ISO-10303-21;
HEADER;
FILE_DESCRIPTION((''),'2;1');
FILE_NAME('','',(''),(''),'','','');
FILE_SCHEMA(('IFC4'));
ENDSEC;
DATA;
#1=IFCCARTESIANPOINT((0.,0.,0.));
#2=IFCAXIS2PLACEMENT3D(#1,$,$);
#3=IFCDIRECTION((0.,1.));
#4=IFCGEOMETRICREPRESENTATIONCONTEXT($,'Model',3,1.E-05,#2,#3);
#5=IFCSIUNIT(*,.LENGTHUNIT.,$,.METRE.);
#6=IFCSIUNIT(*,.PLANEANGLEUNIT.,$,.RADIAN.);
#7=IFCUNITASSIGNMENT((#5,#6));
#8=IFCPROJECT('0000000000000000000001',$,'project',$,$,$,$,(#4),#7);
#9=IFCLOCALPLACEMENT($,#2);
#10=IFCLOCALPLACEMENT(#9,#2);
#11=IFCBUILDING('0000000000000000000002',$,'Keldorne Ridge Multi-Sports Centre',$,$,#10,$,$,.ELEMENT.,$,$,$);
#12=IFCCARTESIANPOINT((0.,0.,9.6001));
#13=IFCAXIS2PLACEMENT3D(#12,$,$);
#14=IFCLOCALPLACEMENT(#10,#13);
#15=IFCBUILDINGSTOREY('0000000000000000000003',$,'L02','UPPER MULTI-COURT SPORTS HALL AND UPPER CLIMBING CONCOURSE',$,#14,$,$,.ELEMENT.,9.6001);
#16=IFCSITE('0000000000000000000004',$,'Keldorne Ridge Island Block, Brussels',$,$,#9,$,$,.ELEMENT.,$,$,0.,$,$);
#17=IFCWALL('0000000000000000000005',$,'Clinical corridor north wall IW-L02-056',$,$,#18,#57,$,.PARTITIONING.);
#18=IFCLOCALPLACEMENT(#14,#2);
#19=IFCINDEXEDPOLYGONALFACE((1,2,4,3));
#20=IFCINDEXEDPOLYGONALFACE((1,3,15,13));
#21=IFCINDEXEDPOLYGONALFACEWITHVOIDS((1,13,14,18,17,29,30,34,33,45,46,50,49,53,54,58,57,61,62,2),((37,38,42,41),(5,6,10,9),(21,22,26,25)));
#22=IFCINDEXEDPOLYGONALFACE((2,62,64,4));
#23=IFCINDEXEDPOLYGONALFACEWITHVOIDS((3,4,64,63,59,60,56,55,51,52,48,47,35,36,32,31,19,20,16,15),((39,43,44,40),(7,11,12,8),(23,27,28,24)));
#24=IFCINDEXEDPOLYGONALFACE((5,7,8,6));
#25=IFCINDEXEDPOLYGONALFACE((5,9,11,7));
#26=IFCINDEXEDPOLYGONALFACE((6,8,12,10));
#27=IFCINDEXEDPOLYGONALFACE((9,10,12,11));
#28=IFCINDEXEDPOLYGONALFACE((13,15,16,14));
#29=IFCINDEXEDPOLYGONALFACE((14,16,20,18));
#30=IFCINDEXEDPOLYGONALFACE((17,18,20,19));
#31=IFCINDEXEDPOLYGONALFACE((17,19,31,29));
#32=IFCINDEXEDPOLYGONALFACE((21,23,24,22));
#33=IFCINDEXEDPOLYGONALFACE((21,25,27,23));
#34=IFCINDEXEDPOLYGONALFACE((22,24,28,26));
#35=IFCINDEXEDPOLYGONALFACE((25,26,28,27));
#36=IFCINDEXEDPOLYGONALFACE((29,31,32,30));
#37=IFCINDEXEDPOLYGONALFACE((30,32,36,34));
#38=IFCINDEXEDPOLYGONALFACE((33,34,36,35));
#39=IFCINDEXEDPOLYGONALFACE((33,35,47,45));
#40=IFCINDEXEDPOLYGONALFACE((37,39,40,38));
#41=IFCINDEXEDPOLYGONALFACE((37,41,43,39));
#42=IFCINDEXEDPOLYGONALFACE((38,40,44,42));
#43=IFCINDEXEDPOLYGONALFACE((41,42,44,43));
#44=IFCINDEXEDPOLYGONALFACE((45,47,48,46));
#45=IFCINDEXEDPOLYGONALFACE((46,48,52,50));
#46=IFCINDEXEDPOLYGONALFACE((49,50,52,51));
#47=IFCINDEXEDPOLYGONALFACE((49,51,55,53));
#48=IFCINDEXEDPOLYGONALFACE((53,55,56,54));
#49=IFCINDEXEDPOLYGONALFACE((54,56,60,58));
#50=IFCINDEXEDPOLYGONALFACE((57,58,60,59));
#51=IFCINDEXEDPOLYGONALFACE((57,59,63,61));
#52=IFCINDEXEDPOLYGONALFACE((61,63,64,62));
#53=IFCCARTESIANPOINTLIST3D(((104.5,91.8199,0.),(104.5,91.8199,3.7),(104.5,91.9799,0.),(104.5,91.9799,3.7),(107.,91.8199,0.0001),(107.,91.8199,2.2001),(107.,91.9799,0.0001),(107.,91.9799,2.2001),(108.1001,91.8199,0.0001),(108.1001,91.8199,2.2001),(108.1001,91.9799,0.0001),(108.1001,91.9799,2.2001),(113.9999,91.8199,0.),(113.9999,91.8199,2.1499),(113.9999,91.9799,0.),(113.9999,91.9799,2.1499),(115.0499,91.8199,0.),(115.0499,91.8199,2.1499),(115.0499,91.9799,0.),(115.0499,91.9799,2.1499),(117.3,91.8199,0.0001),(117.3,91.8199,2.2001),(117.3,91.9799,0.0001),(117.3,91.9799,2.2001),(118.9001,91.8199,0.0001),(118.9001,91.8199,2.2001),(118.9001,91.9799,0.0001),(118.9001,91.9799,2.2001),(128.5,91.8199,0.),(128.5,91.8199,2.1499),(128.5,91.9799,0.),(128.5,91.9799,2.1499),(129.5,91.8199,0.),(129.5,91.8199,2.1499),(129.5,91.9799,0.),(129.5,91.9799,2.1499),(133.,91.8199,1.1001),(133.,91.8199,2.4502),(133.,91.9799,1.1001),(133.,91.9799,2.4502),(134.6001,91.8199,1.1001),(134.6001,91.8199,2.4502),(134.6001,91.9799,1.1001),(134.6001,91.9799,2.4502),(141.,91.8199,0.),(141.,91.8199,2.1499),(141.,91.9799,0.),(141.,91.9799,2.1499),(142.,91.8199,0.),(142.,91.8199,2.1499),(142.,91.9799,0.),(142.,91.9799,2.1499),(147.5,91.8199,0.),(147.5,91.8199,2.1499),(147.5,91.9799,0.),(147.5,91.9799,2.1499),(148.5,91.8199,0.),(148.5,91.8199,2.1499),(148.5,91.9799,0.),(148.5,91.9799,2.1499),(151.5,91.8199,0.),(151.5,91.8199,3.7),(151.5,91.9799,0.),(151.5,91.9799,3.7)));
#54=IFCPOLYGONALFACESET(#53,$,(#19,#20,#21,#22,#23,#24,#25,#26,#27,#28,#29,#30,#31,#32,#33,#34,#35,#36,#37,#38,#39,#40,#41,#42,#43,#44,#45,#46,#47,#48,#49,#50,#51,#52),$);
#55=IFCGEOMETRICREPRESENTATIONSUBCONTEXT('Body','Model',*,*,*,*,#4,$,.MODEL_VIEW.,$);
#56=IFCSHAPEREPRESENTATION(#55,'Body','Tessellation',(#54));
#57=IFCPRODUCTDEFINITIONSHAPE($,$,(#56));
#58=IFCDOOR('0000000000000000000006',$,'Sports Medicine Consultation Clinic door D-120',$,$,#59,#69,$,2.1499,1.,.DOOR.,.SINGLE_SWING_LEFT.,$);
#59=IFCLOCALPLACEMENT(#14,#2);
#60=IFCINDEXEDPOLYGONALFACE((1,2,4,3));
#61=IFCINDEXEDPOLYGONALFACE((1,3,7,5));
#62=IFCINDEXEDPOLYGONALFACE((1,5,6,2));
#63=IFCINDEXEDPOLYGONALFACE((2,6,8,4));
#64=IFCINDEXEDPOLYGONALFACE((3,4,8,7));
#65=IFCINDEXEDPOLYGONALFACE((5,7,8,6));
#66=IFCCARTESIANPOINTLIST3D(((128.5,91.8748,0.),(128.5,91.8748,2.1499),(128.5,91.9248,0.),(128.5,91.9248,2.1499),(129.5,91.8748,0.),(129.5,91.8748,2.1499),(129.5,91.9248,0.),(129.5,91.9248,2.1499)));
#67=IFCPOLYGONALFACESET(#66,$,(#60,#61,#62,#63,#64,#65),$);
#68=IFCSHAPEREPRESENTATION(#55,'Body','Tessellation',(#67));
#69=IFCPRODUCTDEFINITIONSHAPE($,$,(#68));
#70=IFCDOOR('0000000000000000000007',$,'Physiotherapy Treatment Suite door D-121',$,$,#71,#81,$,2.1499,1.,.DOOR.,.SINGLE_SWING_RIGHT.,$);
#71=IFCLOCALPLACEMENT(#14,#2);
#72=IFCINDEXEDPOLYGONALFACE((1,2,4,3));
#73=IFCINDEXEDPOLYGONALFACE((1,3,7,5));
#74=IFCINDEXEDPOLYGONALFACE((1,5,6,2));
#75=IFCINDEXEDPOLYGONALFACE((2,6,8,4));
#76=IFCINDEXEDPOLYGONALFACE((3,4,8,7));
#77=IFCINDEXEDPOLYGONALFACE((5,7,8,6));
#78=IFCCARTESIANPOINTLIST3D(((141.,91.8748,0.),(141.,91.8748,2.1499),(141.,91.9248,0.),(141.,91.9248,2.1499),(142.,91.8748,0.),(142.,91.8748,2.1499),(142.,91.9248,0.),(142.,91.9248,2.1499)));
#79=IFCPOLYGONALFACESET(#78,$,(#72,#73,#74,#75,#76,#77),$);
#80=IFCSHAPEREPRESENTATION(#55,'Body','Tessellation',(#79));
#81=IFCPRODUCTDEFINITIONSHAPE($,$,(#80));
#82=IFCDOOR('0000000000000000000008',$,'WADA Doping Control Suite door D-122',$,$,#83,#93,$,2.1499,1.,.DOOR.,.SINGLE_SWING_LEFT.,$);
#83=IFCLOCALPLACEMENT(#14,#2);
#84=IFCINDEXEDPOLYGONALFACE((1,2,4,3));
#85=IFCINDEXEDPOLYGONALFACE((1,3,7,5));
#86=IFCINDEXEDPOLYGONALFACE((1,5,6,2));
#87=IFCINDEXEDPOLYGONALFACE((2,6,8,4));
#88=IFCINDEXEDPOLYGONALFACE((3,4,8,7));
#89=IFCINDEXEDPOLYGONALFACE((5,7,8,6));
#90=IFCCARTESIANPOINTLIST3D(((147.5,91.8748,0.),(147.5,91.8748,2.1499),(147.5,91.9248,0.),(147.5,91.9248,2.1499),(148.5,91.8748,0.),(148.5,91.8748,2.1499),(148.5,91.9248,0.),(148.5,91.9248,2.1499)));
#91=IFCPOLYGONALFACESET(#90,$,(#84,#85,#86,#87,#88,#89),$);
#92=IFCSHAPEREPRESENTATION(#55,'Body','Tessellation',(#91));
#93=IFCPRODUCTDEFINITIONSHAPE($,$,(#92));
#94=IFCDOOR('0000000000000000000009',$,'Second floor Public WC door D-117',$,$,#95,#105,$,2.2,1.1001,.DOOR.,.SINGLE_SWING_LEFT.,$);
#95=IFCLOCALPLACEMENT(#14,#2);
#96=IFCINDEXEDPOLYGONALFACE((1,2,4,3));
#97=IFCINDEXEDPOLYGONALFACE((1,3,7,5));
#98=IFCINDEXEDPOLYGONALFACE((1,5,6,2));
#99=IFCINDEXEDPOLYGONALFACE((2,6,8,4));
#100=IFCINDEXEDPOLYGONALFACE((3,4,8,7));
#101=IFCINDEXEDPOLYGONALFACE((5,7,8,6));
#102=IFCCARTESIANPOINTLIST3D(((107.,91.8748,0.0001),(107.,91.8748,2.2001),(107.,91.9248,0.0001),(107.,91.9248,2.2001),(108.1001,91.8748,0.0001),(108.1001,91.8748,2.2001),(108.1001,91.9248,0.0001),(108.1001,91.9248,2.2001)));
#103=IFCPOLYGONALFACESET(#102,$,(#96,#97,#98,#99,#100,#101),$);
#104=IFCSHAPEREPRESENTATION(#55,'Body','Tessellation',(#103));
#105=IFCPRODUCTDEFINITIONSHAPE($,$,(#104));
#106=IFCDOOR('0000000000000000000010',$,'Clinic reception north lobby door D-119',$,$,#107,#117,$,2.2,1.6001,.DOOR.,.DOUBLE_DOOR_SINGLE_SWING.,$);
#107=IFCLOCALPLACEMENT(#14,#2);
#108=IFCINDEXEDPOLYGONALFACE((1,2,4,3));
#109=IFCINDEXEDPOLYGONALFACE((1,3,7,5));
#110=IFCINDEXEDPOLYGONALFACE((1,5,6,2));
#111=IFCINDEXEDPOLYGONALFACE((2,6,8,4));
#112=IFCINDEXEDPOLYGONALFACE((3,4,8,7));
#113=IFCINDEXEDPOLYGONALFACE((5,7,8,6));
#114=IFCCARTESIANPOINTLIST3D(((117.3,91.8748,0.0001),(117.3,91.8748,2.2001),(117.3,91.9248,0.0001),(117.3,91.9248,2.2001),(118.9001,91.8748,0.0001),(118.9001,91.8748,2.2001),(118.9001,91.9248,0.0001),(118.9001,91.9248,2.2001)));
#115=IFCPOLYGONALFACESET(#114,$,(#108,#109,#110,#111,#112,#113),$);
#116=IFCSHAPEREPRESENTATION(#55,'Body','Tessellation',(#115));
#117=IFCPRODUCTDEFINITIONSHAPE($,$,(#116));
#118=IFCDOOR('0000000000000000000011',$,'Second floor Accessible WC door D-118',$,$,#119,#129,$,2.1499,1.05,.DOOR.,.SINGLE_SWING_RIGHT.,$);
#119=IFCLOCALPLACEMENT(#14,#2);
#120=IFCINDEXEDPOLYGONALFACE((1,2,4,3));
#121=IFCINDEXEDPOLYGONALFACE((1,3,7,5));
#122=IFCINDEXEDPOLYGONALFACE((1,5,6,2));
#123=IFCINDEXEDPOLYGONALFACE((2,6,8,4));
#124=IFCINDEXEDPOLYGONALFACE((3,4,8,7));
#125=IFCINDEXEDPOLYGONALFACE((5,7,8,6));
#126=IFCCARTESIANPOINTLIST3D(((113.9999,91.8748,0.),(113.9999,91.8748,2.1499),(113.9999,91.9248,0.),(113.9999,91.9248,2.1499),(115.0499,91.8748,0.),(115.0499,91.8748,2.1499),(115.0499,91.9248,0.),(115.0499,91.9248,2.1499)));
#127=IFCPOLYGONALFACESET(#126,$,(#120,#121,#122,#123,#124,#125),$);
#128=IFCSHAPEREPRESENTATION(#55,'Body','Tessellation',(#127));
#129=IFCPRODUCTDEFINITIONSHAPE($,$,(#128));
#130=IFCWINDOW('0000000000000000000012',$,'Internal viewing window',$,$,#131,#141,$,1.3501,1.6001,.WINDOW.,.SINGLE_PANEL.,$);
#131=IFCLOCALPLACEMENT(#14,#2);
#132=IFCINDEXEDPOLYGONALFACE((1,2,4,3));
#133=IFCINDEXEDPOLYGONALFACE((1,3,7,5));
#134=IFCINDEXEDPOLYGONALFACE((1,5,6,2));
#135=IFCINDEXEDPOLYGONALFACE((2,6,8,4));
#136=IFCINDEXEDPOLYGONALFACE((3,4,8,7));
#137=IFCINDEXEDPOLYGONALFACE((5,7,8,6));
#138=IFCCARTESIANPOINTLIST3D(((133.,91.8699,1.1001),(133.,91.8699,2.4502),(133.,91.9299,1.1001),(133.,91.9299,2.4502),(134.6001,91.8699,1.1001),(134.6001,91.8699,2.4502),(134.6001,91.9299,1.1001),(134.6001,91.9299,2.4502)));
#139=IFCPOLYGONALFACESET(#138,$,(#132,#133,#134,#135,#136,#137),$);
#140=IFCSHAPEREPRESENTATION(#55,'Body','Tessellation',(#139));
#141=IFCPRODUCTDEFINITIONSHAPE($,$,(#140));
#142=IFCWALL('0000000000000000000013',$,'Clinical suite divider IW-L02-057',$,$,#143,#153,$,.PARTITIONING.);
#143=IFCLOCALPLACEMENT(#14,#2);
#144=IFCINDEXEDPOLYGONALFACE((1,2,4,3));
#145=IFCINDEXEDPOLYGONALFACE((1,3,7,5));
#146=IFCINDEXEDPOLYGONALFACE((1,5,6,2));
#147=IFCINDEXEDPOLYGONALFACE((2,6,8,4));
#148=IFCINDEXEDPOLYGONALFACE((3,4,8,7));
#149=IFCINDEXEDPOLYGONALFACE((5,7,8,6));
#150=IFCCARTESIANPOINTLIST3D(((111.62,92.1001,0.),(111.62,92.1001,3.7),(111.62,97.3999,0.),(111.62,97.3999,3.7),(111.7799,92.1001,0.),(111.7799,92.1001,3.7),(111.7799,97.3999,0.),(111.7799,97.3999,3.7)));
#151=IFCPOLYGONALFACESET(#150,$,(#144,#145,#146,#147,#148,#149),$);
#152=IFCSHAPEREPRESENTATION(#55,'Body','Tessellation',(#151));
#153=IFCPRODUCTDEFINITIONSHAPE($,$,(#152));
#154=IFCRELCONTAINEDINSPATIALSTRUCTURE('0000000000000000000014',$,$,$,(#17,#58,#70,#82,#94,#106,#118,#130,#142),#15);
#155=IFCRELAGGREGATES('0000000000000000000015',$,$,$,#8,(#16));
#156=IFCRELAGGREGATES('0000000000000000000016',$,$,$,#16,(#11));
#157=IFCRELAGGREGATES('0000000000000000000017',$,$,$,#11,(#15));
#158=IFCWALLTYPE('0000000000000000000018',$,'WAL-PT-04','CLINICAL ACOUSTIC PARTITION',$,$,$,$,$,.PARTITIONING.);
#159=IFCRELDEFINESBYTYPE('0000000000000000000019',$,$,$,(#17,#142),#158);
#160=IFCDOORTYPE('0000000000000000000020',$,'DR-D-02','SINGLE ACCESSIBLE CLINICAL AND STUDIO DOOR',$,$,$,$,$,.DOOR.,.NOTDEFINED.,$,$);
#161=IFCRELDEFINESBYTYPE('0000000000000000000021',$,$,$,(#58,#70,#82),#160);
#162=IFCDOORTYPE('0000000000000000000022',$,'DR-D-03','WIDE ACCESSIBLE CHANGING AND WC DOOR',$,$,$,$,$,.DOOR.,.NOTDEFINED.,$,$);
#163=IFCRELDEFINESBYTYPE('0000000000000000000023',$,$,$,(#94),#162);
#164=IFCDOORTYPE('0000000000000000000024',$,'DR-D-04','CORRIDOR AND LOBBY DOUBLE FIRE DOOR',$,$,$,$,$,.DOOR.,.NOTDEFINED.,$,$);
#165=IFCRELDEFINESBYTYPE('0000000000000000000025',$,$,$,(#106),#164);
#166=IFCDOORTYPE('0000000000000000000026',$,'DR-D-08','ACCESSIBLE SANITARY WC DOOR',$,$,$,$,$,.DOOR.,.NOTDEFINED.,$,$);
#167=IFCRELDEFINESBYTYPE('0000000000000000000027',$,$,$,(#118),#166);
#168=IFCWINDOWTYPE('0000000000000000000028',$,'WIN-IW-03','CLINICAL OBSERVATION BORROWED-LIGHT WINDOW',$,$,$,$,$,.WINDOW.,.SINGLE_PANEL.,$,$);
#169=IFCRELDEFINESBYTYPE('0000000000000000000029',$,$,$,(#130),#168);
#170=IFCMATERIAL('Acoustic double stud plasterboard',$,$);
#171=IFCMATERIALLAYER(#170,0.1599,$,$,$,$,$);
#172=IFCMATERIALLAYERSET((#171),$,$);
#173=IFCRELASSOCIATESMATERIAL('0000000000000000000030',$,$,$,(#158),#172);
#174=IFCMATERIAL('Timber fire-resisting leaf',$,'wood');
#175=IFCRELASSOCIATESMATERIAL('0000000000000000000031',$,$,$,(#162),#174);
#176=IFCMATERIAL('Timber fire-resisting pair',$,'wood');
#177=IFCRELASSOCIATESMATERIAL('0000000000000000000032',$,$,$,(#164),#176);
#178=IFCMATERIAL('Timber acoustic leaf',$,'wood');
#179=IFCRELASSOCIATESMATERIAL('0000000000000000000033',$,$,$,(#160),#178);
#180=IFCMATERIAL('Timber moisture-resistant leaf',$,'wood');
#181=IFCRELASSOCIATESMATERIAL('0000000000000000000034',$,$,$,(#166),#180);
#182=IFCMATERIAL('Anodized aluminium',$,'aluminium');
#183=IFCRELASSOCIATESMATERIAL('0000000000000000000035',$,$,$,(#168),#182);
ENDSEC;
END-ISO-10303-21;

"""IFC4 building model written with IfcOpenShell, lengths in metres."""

from ifc_helpers import new_model, si_unit, direction, frame, frame_2d, origin, place, context, subcontext, project, spatial, rectangle, extrude, material, layer, layer_set, type_object, element, fill, save


model = new_model("IFC4")

# Units and contexts
model_context = context("Model", 3, precision=1e-05, world=origin(), true_north=direction((0.0, 1.0)))
body_context = subcontext(model_context, "Body", "Model", "MODEL_VIEW")
ifc_project = project(units=[si_unit("LENGTHUNIT", "METRE"), si_unit("PLANEANGLEUNIT", "RADIAN")], contexts=[model_context])

# Site, building, storey
site_placement = place(None, origin())
site = spatial("IfcSite", under=ifc_project, at=site_placement, Name="Keldorne Ridge Island Block, Brussels", CompositionType="ELEMENT", RefElevation=0.0)
building_placement = place(site_placement, origin())
building = spatial("IfcBuilding", under=site, at=building_placement, Name="Keldorne Ridge Multi-Sports Centre", CompositionType="ELEMENT")
storey_placement = place(building_placement, frame((0.0, 0.0, 9.6001)))
storey = spatial("IfcBuildingStorey", under=building, at=storey_placement, Name="L02", Description="UPPER MULTI-COURT SPORTS HALL AND UPPER CLIMBING CONCOURSE", CompositionType="ELEMENT", Elevation=9.6001)

# Shared definitions
ifc_material_1 = material(Name="Acoustic double stud plasterboard")
ifc_layer_1 = layer(ifc_material_1, 0.1599)
ifc_layer_set_1 = layer_set([ifc_layer_1])
wall_type_1 = type_object("IfcWallType", Name="WAL-PT-04", Description="CLINICAL ACOUSTIC PARTITION", PredefinedType="PARTITIONING", material=ifc_layer_set_1)
ifc_material_2 = material(Name="Timber fire-resisting leaf", Category="wood")
door_type_1 = type_object("IfcDoorType", Name="DR-D-03", Description="WIDE ACCESSIBLE CHANGING AND WC DOOR", OperationType="NOTDEFINED", PredefinedType="DOOR", material=ifc_material_2)
ifc_material_3 = material(Name="Timber fire-resisting pair", Category="wood")
door_type_2 = type_object("IfcDoorType", Name="DR-D-04", Description="CORRIDOR AND LOBBY DOUBLE FIRE DOOR", OperationType="NOTDEFINED", PredefinedType="DOOR", material=ifc_material_3)

# Wall, openings, doors, window
wall_1_placement = place(storey_placement, frame((104.5, 91.8999, 0.0), z_axis=(0.0, 0.0, 1.0), x_axis=(1.0, 0.0, 0.0)))
wall_1 = element("IfcWall", 1, at=wall_1_placement, inside=storey, type_object=wall_type_1, Name="Clinical corridor north wall IW-L02-056", PredefinedType="PARTITIONING", context=body_context, shape_type="SweptSolid", body=[
    extrude(rectangle(XDim=47.0, YDim=0.1599, at=frame_2d((23.5, 0.0))), origin(), (0.0, 0.0, 1.0), 3.7),
])
opening_1_placement = place(wall_1_placement, frame((2.5, 0.0, 0.0)))
opening_1 = element("IfcOpeningElement", 2, at=opening_1_placement, cuts=wall_1, PredefinedType="OPENING", context=body_context, shape_type="SweptSolid", body=[
    extrude(rectangle(XDim=1.1001, YDim=2.2, at=frame_2d((0.55, 1.1001))), frame((0.0, 0.0898, 0.0), z_axis=(0.0, -1.0, 0.0), x_axis=(1.0, 0.0, 0.0)), (0.0, 0.0, 1.0), 0.1799),
])
opening_2_placement = place(wall_1_placement, frame((9.5, 0.0, 0.0)))
opening_2 = element("IfcOpeningElement", 3, at=opening_2_placement, cuts=wall_1, PredefinedType="OPENING", context=body_context, shape_type="SweptSolid", body=[
    extrude(rectangle(XDim=1.05, YDim=2.1499, at=frame_2d((0.5249, 1.075))), frame((0.0, 0.0898, 0.0), z_axis=(0.0, -1.0, 0.0), x_axis=(1.0, 0.0, 0.0)), (0.0, 0.0, 1.0), 0.1799),
])
opening_3_placement = place(wall_1_placement, frame((12.8, 0.0, 0.0)))
opening_3 = element("IfcOpeningElement", 4, at=opening_3_placement, cuts=wall_1, PredefinedType="OPENING", context=body_context, shape_type="SweptSolid", body=[
    extrude(rectangle(XDim=1.6001, YDim=2.2, at=frame_2d((0.8, 1.1001))), frame((0.0, 0.0898, 0.0), z_axis=(0.0, -1.0, 0.0), x_axis=(1.0, 0.0, 0.0)), (0.0, 0.0, 1.0), 0.1799),
])
opening_4_placement = place(wall_1_placement, frame((24.0, 0.0, 0.0)))
opening_4 = element("IfcOpeningElement", 5, at=opening_4_placement, cuts=wall_1, PredefinedType="OPENING", context=body_context, shape_type="SweptSolid", body=[
    extrude(rectangle(XDim=1.0, YDim=2.1499, at=frame_2d((0.5, 1.075))), frame((0.0, 0.0898, 0.0), z_axis=(0.0, -1.0, 0.0), x_axis=(1.0, 0.0, 0.0)), (0.0, 0.0, 1.0), 0.1799),
])
opening_5_placement = place(wall_1_placement, frame((36.5, 0.0, 0.0)))
opening_5 = element("IfcOpeningElement", 6, at=opening_5_placement, cuts=wall_1, PredefinedType="OPENING", context=body_context, shape_type="SweptSolid", body=[
    extrude(rectangle(XDim=1.0, YDim=2.1499, at=frame_2d((0.5, 1.075))), frame((0.0, 0.0898, 0.0), z_axis=(0.0, -1.0, 0.0), x_axis=(1.0, 0.0, 0.0)), (0.0, 0.0, 1.0), 0.1799),
])
opening_6_placement = place(wall_1_placement, frame((43.0, 0.0, 0.0)))
opening_6 = element("IfcOpeningElement", 7, at=opening_6_placement, cuts=wall_1, PredefinedType="OPENING", context=body_context, shape_type="SweptSolid", body=[
    extrude(rectangle(XDim=1.0, YDim=2.1499, at=frame_2d((0.5, 1.075))), frame((0.0, 0.0898, 0.0), z_axis=(0.0, -1.0, 0.0), x_axis=(1.0, 0.0, 0.0)), (0.0, 0.0, 1.0), 0.1799),
])
opening_7_placement = place(wall_1_placement, frame((28.5, 0.0, 1.1001)))
opening_7 = element("IfcOpeningElement", 8, at=opening_7_placement, cuts=wall_1, PredefinedType="OPENING", context=body_context, shape_type="SweptSolid", body=[
    extrude(rectangle(XDim=1.6001, YDim=1.3501, at=frame_2d((0.8, 0.675))), frame((0.0, 0.0898, 0.0), z_axis=(0.0, -1.0, 0.0), x_axis=(1.0, 0.0, 0.0)), (0.0, 0.0, 1.0), 0.1799),
])
ifc_material_4 = material(Name="Timber acoustic leaf", Category="wood")
door_type_3 = type_object("IfcDoorType", Name="DR-D-02", Description="SINGLE ACCESSIBLE CLINICAL AND STUDIO DOOR", OperationType="NOTDEFINED", PredefinedType="DOOR", material=ifc_material_4)
door_1_placement = place(opening_4_placement, origin())
door_1 = element("IfcDoor", 9, at=door_1_placement, inside=storey, type_object=door_type_3, Name="Sports Medicine Consultation Clinic door D-120", OperationType="SINGLE_SWING_LEFT", OverallHeight=2.1499, OverallWidth=1.0, PredefinedType="DOOR", context=body_context, shape_type="SweptSolid", body=[
    extrude(rectangle(XDim=1.0, YDim=2.1499, at=frame_2d((0.5, 1.075))), frame((0.0, 0.0249, 0.0), z_axis=(0.0, -1.0, 0.0), x_axis=(1.0, 0.0, 0.0)), (0.0, 0.0, 1.0), 0.05),
])
fill(opening_4, door_1)
door_2_placement = place(opening_5_placement, origin())
door_2 = element("IfcDoor", 10, at=door_2_placement, inside=storey, type_object=door_type_3, Name="Physiotherapy Treatment Suite door D-121", OperationType="SINGLE_SWING_RIGHT", OverallHeight=2.1499, OverallWidth=1.0, PredefinedType="DOOR", context=body_context, shape_type="SweptSolid", body=[
    extrude(rectangle(XDim=1.0, YDim=2.1499, at=frame_2d((0.5, 1.075))), frame((0.0, 0.0249, 0.0), z_axis=(0.0, -1.0, 0.0), x_axis=(1.0, 0.0, 0.0)), (0.0, 0.0, 1.0), 0.05),
])
fill(opening_5, door_2)
door_3_placement = place(opening_6_placement, origin())
door_3 = element("IfcDoor", 11, at=door_3_placement, inside=storey, type_object=door_type_3, Name="WADA Doping Control Suite door D-122", OperationType="SINGLE_SWING_LEFT", OverallHeight=2.1499, OverallWidth=1.0, PredefinedType="DOOR", context=body_context, shape_type="SweptSolid", body=[
    extrude(rectangle(XDim=1.0, YDim=2.1499, at=frame_2d((0.5, 1.075))), frame((0.0, 0.0249, 0.0), z_axis=(0.0, -1.0, 0.0), x_axis=(1.0, 0.0, 0.0)), (0.0, 0.0, 1.0), 0.05),
])
fill(opening_6, door_3)
door_4_placement = place(opening_1_placement, origin())
door_4 = element("IfcDoor", 12, at=door_4_placement, inside=storey, type_object=door_type_1, Name="Second floor Public WC door D-117", OperationType="SINGLE_SWING_LEFT", OverallHeight=2.2, OverallWidth=1.1001, PredefinedType="DOOR", context=body_context, shape_type="SweptSolid", body=[
    extrude(rectangle(XDim=1.1001, YDim=2.2, at=frame_2d((0.55, 1.1001))), frame((0.0, 0.0249, 0.0), z_axis=(0.0, -1.0, 0.0), x_axis=(1.0, 0.0, 0.0)), (0.0, 0.0, 1.0), 0.05),
])
fill(opening_1, door_4)
door_5_placement = place(opening_3_placement, origin())
door_5 = element("IfcDoor", 13, at=door_5_placement, inside=storey, type_object=door_type_2, Name="Clinic reception north lobby door D-119", OperationType="DOUBLE_DOOR_SINGLE_SWING", OverallHeight=2.2, OverallWidth=1.6001, PredefinedType="DOOR", context=body_context, shape_type="SweptSolid", body=[
    extrude(rectangle(XDim=1.6001, YDim=2.2, at=frame_2d((0.8, 1.1001))), frame((0.0, 0.0249, 0.0), z_axis=(0.0, -1.0, 0.0), x_axis=(1.0, 0.0, 0.0)), (0.0, 0.0, 1.0), 0.05),
])
fill(opening_3, door_5)
ifc_material_5 = material(Name="Timber moisture-resistant leaf", Category="wood")
door_type_4 = type_object("IfcDoorType", Name="DR-D-08", Description="ACCESSIBLE SANITARY WC DOOR", OperationType="NOTDEFINED", PredefinedType="DOOR", material=ifc_material_5)
door_6_placement = place(opening_2_placement, origin())
door_6 = element("IfcDoor", 14, at=door_6_placement, inside=storey, type_object=door_type_4, Name="Second floor Accessible WC door D-118", OperationType="SINGLE_SWING_RIGHT", OverallHeight=2.1499, OverallWidth=1.05, PredefinedType="DOOR", context=body_context, shape_type="SweptSolid", body=[
    extrude(rectangle(XDim=1.05, YDim=2.1499, at=frame_2d((0.5249, 1.075))), frame((0.0, 0.0249, 0.0), z_axis=(0.0, -1.0, 0.0), x_axis=(1.0, 0.0, 0.0)), (0.0, 0.0, 1.0), 0.05),
])
fill(opening_2, door_6)
ifc_material_6 = material(Name="Anodized aluminium", Category="aluminium")
window_type = type_object("IfcWindowType", Name="WIN-IW-03", Description="CLINICAL OBSERVATION BORROWED-LIGHT WINDOW", PartitioningType="SINGLE_PANEL", PredefinedType="WINDOW", material=ifc_material_6)
window_placement = place(opening_7_placement, origin())
window = element("IfcWindow", 15, at=window_placement, inside=storey, type_object=window_type, Name="Internal viewing window", OverallHeight=1.3501, OverallWidth=1.6001, PartitioningType="SINGLE_PANEL", PredefinedType="WINDOW", context=body_context, shape_type="SweptSolid", body=[
    extrude(rectangle(XDim=1.6001, YDim=1.3501, at=frame_2d((0.8, 0.675))), frame((0.0, 0.03, 0.0), z_axis=(0.0, -1.0, 0.0), x_axis=(1.0, 0.0, 0.0)), (0.0, 0.0, 1.0), 0.0601),
])
fill(opening_7, window)

# Wall
wall_2_placement = place(storey_placement, frame((111.7, 92.1001, 0.0), z_axis=(0.0, 0.0, 1.0), x_axis=(0.0, 1.0, 0.0)))
element("IfcWall", 16, at=wall_2_placement, inside=storey, type_object=wall_type_1, Name="Clinical suite divider IW-L02-057", PredefinedType="PARTITIONING", context=body_context, shape_type="SweptSolid", body=[
    extrude(rectangle(XDim=5.2998, YDim=0.1599, at=frame_2d((2.6499, 0.0))), origin(), (0.0, 0.0, 1.0), 3.7),
])

save(model, "model.ifc")
